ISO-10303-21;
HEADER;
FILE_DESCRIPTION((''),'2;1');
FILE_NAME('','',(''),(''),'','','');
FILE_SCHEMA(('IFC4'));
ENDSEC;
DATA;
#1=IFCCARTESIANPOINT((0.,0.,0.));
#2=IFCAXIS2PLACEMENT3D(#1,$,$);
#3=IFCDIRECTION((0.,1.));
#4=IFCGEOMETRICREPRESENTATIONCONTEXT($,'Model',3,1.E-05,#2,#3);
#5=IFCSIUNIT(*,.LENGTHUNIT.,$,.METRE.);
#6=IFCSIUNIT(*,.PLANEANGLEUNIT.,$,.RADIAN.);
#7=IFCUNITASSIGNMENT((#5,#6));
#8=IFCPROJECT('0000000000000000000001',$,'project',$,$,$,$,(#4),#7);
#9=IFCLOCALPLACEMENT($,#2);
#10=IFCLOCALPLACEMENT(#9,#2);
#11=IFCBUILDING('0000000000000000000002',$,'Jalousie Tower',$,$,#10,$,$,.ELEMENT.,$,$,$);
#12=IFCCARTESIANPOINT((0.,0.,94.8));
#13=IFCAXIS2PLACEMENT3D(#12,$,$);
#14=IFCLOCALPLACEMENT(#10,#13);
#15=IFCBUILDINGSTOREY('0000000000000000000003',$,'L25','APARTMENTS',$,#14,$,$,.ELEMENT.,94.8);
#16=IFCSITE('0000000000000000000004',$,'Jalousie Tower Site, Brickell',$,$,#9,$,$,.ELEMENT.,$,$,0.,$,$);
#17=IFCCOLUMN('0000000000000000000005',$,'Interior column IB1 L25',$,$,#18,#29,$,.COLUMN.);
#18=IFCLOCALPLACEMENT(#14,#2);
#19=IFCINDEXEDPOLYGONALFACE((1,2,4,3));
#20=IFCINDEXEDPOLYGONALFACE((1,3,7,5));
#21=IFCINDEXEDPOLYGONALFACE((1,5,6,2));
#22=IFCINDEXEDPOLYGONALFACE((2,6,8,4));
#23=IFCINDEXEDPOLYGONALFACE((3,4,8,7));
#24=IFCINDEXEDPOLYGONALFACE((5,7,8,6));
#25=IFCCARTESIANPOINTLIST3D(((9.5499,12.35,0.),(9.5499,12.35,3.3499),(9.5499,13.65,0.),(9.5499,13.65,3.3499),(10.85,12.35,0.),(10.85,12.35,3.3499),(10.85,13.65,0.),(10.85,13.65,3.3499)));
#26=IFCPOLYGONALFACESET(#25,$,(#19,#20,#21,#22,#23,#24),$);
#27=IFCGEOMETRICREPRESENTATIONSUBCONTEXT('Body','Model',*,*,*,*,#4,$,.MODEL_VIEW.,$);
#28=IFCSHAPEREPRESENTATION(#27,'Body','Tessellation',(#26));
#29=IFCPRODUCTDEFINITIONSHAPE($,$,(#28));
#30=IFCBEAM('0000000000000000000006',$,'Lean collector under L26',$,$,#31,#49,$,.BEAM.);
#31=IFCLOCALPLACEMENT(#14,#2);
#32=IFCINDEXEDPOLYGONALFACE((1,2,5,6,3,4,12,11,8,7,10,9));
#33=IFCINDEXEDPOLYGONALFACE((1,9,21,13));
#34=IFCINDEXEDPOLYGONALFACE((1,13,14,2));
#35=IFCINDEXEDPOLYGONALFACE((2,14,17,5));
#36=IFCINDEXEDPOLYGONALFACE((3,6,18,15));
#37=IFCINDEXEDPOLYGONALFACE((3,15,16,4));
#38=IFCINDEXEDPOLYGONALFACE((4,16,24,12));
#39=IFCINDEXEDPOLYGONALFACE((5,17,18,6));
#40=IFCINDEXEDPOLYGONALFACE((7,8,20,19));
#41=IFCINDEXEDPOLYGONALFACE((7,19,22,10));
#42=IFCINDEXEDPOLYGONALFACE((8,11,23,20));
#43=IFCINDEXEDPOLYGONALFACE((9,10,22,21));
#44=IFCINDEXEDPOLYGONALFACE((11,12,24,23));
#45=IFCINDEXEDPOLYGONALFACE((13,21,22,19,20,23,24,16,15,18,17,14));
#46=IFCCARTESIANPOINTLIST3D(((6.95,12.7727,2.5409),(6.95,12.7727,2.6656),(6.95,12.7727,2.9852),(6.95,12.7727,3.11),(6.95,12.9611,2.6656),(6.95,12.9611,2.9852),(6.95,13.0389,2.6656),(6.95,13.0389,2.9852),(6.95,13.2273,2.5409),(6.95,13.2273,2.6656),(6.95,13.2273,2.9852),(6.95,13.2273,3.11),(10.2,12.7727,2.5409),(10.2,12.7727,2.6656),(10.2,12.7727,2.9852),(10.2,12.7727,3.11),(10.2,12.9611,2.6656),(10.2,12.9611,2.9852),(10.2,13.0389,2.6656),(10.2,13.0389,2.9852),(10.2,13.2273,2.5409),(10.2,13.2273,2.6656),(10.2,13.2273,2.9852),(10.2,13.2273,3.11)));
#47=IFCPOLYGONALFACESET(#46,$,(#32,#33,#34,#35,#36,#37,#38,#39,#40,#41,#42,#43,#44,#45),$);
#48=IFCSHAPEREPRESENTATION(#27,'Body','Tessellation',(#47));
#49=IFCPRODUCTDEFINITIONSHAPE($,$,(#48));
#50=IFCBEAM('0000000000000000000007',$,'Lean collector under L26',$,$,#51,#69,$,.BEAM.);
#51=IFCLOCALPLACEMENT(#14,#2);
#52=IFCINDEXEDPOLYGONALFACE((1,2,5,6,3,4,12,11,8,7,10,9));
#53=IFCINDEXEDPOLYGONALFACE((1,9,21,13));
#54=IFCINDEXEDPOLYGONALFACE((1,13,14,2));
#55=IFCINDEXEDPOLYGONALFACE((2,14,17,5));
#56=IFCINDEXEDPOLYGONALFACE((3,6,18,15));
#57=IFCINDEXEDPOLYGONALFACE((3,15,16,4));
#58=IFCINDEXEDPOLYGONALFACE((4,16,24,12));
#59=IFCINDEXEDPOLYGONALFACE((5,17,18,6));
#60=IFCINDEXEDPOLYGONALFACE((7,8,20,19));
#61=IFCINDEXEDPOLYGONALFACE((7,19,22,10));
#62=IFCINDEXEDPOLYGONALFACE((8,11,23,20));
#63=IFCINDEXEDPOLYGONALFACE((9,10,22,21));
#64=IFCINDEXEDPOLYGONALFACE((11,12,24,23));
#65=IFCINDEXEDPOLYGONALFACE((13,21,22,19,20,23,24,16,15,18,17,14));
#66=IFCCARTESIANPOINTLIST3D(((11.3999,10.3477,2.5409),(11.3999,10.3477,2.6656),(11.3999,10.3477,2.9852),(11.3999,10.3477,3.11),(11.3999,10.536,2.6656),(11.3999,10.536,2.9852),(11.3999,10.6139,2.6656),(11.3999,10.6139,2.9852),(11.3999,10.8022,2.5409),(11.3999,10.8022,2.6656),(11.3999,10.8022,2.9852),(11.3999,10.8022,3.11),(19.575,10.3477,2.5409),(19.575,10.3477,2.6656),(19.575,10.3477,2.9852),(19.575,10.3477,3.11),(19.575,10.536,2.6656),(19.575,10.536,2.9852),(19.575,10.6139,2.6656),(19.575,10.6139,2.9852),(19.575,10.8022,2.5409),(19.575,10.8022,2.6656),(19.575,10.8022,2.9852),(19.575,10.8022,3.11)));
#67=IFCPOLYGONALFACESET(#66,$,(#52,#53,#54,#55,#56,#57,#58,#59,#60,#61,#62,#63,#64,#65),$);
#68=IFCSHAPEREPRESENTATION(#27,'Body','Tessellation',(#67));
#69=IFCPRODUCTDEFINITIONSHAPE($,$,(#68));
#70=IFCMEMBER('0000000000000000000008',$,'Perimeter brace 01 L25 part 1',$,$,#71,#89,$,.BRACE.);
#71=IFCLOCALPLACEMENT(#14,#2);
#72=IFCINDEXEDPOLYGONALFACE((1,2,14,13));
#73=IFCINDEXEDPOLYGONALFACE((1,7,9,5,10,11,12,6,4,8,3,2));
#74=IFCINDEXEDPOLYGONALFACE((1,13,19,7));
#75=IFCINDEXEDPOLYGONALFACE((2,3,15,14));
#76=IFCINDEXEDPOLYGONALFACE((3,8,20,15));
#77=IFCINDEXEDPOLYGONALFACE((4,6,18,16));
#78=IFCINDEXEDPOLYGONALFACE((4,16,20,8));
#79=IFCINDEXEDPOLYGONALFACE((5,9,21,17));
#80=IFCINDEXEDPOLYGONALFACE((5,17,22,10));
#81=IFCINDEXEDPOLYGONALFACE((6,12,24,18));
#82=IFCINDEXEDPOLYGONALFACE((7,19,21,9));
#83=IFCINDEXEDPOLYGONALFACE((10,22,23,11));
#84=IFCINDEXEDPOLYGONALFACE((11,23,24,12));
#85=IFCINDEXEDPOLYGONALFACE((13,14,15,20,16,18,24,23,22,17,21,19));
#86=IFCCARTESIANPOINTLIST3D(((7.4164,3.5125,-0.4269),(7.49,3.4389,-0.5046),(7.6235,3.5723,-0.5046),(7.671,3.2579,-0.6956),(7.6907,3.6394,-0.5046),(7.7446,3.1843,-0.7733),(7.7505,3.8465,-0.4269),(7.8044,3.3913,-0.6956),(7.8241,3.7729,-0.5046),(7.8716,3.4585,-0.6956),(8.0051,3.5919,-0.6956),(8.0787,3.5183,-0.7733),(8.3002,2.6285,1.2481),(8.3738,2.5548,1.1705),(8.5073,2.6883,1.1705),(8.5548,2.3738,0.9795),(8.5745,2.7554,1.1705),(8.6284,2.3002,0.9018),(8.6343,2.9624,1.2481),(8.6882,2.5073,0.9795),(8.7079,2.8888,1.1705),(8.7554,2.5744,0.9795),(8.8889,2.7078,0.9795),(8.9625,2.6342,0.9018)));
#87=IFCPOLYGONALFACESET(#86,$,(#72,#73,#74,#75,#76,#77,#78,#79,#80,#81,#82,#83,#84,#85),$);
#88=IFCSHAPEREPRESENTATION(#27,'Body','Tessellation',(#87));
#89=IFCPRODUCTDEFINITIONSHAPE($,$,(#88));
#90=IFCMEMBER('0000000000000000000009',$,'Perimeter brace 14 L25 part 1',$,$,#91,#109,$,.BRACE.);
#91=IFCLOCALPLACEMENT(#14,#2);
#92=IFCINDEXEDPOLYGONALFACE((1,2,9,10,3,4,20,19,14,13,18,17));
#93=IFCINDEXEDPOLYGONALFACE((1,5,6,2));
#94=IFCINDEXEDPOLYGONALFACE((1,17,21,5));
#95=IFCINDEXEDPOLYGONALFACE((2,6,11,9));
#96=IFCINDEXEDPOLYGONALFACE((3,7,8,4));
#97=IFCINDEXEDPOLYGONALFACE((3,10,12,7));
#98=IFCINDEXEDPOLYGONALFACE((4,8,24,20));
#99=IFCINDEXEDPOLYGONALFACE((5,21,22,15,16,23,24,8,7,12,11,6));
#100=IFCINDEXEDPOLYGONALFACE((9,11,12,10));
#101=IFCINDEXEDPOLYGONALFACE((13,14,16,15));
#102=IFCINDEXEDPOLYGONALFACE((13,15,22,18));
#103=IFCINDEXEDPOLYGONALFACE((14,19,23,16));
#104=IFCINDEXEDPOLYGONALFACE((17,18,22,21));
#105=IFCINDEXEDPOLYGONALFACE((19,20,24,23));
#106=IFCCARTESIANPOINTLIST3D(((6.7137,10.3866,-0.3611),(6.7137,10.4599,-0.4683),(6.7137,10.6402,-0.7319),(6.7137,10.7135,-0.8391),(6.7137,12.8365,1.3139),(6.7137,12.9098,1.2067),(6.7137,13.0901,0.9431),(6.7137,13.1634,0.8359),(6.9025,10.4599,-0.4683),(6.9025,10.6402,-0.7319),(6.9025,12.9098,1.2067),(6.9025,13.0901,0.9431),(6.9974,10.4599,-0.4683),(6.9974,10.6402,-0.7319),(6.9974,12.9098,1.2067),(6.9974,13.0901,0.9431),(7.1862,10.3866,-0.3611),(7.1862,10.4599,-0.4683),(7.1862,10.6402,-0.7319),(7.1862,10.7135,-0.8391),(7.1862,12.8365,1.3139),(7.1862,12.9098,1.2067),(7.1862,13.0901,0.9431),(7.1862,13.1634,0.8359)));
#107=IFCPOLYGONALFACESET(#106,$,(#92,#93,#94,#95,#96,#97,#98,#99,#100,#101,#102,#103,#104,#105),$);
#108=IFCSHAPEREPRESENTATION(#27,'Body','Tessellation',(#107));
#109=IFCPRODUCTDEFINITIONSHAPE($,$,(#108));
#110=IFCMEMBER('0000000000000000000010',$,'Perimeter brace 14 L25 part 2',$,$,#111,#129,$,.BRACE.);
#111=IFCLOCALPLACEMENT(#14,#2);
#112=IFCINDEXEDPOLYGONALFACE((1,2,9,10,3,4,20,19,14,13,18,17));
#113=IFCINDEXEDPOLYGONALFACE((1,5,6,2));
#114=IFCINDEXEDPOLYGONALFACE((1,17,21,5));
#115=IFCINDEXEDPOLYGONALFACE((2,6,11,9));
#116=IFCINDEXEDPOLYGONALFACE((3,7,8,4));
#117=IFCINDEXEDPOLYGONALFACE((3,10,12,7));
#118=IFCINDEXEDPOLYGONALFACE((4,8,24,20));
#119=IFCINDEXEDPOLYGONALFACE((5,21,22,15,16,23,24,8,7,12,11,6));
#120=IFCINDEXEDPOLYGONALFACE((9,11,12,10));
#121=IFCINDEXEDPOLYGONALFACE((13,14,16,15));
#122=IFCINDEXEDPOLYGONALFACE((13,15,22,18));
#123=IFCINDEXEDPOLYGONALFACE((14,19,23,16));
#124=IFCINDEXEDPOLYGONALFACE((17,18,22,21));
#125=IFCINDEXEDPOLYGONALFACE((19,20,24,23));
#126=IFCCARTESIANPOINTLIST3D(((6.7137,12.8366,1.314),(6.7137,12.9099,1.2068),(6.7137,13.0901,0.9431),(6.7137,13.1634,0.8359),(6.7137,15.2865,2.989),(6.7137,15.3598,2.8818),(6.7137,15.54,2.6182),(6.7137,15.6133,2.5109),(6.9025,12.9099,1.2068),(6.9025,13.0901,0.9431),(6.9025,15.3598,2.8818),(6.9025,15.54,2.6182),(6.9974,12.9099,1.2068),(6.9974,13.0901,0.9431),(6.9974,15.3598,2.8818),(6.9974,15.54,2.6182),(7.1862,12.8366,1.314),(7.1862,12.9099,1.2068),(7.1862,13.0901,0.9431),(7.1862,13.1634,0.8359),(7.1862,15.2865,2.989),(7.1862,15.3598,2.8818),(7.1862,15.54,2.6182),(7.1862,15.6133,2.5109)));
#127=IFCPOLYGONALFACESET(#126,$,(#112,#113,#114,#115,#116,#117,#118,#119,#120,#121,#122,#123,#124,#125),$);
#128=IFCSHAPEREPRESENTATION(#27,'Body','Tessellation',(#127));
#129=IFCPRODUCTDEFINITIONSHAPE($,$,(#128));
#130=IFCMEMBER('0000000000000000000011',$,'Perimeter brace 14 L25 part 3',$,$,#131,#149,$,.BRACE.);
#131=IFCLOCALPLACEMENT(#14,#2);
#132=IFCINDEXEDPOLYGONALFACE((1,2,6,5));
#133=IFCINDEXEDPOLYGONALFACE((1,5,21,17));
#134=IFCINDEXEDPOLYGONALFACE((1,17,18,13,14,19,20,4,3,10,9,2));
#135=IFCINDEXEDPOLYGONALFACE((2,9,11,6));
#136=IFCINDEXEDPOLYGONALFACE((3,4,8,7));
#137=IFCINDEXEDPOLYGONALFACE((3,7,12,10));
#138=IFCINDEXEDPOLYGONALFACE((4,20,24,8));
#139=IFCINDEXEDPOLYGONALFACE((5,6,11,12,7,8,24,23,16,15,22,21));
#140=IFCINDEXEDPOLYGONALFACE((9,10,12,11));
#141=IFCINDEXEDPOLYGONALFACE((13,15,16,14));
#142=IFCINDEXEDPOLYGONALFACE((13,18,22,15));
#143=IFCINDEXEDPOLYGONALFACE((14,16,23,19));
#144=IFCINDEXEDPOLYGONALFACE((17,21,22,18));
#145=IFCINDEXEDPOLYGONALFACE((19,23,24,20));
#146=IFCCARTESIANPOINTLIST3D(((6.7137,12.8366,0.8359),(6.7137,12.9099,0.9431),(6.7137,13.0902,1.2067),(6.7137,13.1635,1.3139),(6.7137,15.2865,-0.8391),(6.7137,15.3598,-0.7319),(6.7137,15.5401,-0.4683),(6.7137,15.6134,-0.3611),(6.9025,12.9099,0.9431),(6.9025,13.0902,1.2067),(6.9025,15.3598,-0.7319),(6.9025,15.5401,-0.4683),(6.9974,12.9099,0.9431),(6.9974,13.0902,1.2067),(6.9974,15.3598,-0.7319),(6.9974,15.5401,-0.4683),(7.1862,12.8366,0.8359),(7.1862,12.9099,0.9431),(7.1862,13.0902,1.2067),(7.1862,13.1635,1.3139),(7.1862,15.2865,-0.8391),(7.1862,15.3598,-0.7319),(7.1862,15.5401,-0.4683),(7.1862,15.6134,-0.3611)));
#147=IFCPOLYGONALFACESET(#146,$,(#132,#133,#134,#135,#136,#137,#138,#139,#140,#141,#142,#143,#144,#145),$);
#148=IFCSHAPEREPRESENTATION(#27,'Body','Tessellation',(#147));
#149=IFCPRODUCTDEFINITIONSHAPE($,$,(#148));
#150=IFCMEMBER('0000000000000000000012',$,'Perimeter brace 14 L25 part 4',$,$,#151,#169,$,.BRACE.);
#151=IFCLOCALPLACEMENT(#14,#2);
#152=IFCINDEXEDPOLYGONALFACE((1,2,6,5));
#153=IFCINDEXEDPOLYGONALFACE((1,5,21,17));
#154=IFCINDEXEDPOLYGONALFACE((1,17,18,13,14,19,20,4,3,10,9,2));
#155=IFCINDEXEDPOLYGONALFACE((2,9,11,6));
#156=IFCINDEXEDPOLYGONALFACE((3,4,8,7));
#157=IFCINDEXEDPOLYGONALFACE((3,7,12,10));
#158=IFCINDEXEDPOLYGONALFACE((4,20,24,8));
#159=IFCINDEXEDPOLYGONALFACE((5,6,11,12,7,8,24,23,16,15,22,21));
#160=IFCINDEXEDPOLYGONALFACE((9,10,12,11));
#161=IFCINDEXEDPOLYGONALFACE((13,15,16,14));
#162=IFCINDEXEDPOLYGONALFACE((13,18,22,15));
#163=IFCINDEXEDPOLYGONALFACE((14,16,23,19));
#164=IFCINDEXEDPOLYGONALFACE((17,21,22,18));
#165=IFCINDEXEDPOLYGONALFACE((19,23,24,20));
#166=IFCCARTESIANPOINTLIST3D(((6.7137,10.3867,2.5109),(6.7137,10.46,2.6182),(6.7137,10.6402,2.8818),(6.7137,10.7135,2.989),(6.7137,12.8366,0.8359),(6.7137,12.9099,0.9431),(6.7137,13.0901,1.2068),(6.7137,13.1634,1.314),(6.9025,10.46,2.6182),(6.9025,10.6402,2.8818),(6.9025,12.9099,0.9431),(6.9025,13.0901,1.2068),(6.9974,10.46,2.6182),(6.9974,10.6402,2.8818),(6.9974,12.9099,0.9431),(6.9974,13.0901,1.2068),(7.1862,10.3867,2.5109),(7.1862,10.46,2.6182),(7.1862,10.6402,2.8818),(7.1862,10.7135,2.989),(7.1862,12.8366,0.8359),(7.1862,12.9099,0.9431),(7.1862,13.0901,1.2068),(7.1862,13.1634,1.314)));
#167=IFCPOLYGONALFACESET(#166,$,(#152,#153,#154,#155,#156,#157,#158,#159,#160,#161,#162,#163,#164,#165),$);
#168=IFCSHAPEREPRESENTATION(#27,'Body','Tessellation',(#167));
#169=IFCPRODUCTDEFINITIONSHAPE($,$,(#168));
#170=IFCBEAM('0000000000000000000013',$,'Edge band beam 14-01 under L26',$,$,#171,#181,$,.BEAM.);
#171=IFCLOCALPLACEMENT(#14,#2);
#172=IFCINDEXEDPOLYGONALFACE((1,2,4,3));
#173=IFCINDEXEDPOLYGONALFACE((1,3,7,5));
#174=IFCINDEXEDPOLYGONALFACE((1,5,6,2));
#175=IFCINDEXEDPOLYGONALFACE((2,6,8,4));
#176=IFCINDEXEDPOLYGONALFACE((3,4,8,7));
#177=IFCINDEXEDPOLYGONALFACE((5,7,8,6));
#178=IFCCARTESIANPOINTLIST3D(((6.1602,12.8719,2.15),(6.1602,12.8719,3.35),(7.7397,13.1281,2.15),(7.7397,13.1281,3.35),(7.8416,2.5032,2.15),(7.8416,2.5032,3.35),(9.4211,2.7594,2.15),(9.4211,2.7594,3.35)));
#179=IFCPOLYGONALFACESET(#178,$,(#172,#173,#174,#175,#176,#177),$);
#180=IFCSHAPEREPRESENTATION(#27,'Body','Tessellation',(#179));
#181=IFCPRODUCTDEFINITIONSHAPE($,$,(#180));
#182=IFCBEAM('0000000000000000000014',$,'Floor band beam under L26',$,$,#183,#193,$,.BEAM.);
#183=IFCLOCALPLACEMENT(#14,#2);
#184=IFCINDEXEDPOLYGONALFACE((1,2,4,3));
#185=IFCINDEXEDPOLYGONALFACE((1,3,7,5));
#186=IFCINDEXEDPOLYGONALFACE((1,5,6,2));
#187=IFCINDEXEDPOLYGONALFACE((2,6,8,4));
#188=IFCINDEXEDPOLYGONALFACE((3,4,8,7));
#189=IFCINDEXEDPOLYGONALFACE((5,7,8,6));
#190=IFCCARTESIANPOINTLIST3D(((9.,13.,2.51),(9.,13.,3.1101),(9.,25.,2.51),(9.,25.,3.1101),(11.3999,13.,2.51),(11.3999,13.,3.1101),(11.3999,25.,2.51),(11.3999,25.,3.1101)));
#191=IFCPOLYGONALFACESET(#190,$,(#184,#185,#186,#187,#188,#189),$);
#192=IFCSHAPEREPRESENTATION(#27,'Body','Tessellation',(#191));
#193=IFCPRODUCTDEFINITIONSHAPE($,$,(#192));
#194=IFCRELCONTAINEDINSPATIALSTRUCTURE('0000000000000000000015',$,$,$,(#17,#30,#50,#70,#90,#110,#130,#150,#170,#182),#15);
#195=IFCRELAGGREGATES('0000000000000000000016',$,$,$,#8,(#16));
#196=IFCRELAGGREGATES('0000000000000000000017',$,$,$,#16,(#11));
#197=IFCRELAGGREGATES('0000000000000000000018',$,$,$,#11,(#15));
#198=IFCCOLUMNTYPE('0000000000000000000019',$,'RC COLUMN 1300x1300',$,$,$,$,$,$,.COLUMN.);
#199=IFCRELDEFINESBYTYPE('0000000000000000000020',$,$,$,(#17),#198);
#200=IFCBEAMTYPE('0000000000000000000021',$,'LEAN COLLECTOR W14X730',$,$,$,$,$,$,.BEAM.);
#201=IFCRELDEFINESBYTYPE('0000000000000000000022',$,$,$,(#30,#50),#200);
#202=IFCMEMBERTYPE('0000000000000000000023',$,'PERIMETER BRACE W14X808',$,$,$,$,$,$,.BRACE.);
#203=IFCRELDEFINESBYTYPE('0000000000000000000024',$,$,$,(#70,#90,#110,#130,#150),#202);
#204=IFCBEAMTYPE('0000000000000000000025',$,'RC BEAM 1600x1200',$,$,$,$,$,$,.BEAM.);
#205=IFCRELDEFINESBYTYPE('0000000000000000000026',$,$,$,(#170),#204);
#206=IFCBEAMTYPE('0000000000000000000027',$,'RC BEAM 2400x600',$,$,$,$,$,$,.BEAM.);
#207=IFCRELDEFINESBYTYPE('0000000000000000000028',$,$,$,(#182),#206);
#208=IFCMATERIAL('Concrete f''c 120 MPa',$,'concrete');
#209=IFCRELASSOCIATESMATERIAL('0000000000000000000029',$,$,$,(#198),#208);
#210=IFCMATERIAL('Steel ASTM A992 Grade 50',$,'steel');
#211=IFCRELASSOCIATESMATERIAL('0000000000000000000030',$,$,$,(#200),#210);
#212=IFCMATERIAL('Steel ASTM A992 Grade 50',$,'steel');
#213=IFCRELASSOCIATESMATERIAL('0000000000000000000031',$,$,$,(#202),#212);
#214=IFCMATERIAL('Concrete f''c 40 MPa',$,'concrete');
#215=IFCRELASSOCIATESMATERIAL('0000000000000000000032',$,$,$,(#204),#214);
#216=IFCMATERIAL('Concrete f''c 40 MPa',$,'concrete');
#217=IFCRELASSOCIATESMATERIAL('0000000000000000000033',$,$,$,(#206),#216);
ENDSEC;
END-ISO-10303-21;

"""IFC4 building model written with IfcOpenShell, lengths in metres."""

from ifc_helpers import new_model, si_unit, direction, frame, origin, origin_2d, place, context, subcontext, project, spatial, rectangle, i_section, extrude, material, material_profile, profile_set, type_object, element, save


model = new_model("IFC4")

# Units and contexts
model_context = context("Model", 3, precision=1e-05, world=origin(), true_north=direction((0.0, 1.0)))
body_context = subcontext(model_context, "Body", "Model", "MODEL_VIEW")
ifc_project = project(units=[si_unit("LENGTHUNIT", "METRE"), si_unit("PLANEANGLEUNIT", "RADIAN")], contexts=[model_context])

# Site, building, storey
site_placement = place(None, origin())
site = spatial("IfcSite", under=ifc_project, at=site_placement, Name="Jalousie Tower Site, Brickell", CompositionType="ELEMENT", RefElevation=0.0)
building_placement = place(site_placement, origin())
building = spatial("IfcBuilding", under=site, at=building_placement, Name="Jalousie Tower", CompositionType="ELEMENT")
storey_placement = place(building_placement, frame((0.0, 0.0, 94.8)))
storey = spatial("IfcBuildingStorey", under=building, at=storey_placement, Name="L25", Description="APARTMENTS", CompositionType="ELEMENT", Elevation=94.8)

# Column
ifc_material_1 = material(Name="Concrete f'c 120 MPa", Category="concrete")
ifc_material_profile_1 = material_profile(ifc_material_1, rectangle(XDim=1.3, YDim=1.3, at=origin_2d()), Name="RC 1300x1300")
ifc_profile_set_1 = profile_set([ifc_material_profile_1], Name="Concrete f'c 120 MPa")
column_type = type_object("IfcColumnType", Name="RC COLUMN 1300x1300", PredefinedType="COLUMN", material=ifc_profile_set_1)
column_placement = place(storey_placement, frame((10.2, 13.0, 0.0), z_axis=(0.0, 0.0, 1.0), x_axis=(1.0, 0.0, 0.0)))
element("IfcColumn", 1, at=column_placement, inside=storey, type_object=column_type, Name="Interior column IB1 L25", PredefinedType="COLUMN", context=body_context, shape_type="SweptSolid", body=[
    extrude(rectangle(XDim=1.3, YDim=1.3, at=origin_2d()), origin(), (0.0, 0.0, 1.0), 3.3499),
])

# Beams
ifc_material_2 = material(Name="Steel ASTM A992 Grade 50", Category="steel")
ifc_material_profile_2 = material_profile(ifc_material_2, i_section(OverallWidth=0.4546, OverallDepth=0.5691, WebThickness=0.0779, FlangeThickness=0.1248, at=origin_2d()), Name="W14X730")
ifc_profile_set_2 = profile_set([ifc_material_profile_2], Name="Steel ASTM A992 Grade 50")
beam_type_1 = type_object("IfcBeamType", Name="LEAN COLLECTOR W14X730", PredefinedType="BEAM", material=ifc_profile_set_2)
beam_1_placement = place(storey_placement, frame((6.95, 13.0, 2.8254), z_axis=(1.0, 0.0, 0.0), x_axis=(0.0, 1.0, 0.0)))
element("IfcBeam", 2, at=beam_1_placement, inside=storey, type_object=beam_type_1, Name="Lean collector under L26", PredefinedType="BEAM", context=body_context, shape_type="SweptSolid", body=[
    extrude(i_section(OverallWidth=0.4546, OverallDepth=0.5691, WebThickness=0.0779, FlangeThickness=0.1248, at=origin_2d()), origin(), (0.0, 0.0, 1.0), 3.25),
])
beam_2_placement = place(storey_placement, frame((11.3999, 10.575, 2.8254), z_axis=(1.0, 0.0, 0.0), x_axis=(0.0, 1.0, 0.0)))
element("IfcBeam", 3, at=beam_2_placement, inside=storey, type_object=beam_type_1, Name="Lean collector under L26", PredefinedType="BEAM", context=body_context, shape_type="SweptSolid", body=[
    extrude(i_section(OverallWidth=0.4546, OverallDepth=0.5691, WebThickness=0.0779, FlangeThickness=0.1248, at=origin_2d()), origin(), (0.0, 0.0, 1.0), 8.175),
])

# Members
ifc_material_3 = material(Name="Steel ASTM A992 Grade 50", Category="steel")
ifc_material_profile_3 = material_profile(ifc_material_3, i_section(OverallWidth=0.4724, OverallDepth=0.5791, WebThickness=0.095, FlangeThickness=0.1299, at=origin_2d()), Name="W14X808")
ifc_profile_set_3 = profile_set([ifc_material_profile_3], Name="Steel ASTM A992 Grade 50")
member_type_1 = type_object("IfcMemberType", Name="PERIMETER BRACE W14X808", PredefinedType="BRACE", material=ifc_profile_set_3)
member_1_placement = place(storey_placement, frame((7.7476, 3.5154, -0.6001), z_axis=(0.422852, -0.422969, 0.801432), x_axis=(0.707204, 0.707009, 0.0)))
element("IfcMember", 4, at=member_1_placement, inside=storey, type_object=member_type_1, Name="Perimeter brace 01 L25 part 1", PredefinedType="BRACE", context=body_context, shape_type="SweptSolid", body=[
    extrude(i_section(OverallWidth=0.4724, OverallDepth=0.5791, WebThickness=0.095, FlangeThickness=0.1299, at=origin_2d()), origin(), (0.0, 0.0, 1.0), 2.0901),
])
for number, where, z_axis, x_axis, name in (
    (5, (6.95, 10.55, -0.6001), (0.0, 0.825501, 0.564401), (-1.0, 0.0, 0.0), "Perimeter brace 14 L25 part 1"),
    (6, (6.95, 13.0, 1.075), (0.0, 0.825501, 0.564401), (-1.0, 0.0, 0.0), "Perimeter brace 14 L25 part 2"),
    (7, (6.95, 15.45, -0.6001), (0.0, -0.825501, 0.564401), (1.0, 0.0, 0.0), "Perimeter brace 14 L25 part 3"),
    (8, (6.95, 13.0, 1.075), (0.0, -0.825501, 0.564401), (1.0, 0.0, 0.0), "Perimeter brace 14 L25 part 4"),
):
    element("IfcMember", number, at=place(storey_placement, frame(where, z_axis=z_axis, x_axis=x_axis)), inside=storey, type_object=member_type_1, Name=name, PredefinedType="BRACE", context=body_context, shape_type="SweptSolid", body=[
        extrude(i_section(OverallWidth=0.4724, OverallDepth=0.5791, WebThickness=0.095, FlangeThickness=0.1299, at=origin_2d()), origin(), (0.0, 0.0, 1.0), 2.9678),
    ])

# Beams
ifc_material_4 = material(Name="Concrete f'c 40 MPa", Category="concrete")
ifc_material_profile_4 = material_profile(ifc_material_4, rectangle(XDim=1.6001, YDim=1.2, at=origin_2d()), Name="RC 1600x1200")
ifc_profile_set_4 = profile_set([ifc_material_profile_4], Name="Concrete f'c 40 MPa")
beam_type_2 = type_object("IfcBeamType", Name="RC BEAM 1600x1200", PredefinedType="BEAM", material=ifc_profile_set_4)
beam_3_placement = place(storey_placement, frame((6.95, 13.0, 2.75), z_axis=(0.160071, -0.987106, 0.0), x_axis=(0.987106, 0.160071, 0.0)))
element("IfcBeam", 9, at=beam_3_placement, inside=storey, type_object=beam_type_2, Name="Edge band beam 14-01 under L26", PredefinedType="BEAM", context=body_context, shape_type="SweptSolid", body=[
    extrude(rectangle(XDim=1.6001, YDim=1.2, at=origin_2d()), origin(), (0.0, 0.0, 1.0), 10.5042),
])
ifc_material_5 = material(Name="Concrete f'c 40 MPa", Category="concrete")
ifc_material_profile_5 = material_profile(ifc_material_5, rectangle(XDim=2.3999, YDim=0.6001, at=origin_2d()), Name="RC 2400x600")
ifc_profile_set_5 = profile_set([ifc_material_profile_5], Name="Concrete f'c 40 MPa")
beam_type_3 = type_object("IfcBeamType", Name="RC BEAM 2400x600", PredefinedType="BEAM", material=ifc_profile_set_5)
beam_4_placement = place(storey_placement, frame((10.2, 13.0, 2.8101), z_axis=(0.0, 1.0, 0.0), x_axis=(-1.0, 0.0, 0.0)))
element("IfcBeam", 10, at=beam_4_placement, inside=storey, type_object=beam_type_3, Name="Floor band beam under L26", PredefinedType="BEAM", context=body_context, shape_type="SweptSolid", body=[
    extrude(rectangle(XDim=2.3999, YDim=0.6001, at=origin_2d()), origin(), (0.0, 0.0, 1.0), 12.0),
])

save(model, "model.ifc")
